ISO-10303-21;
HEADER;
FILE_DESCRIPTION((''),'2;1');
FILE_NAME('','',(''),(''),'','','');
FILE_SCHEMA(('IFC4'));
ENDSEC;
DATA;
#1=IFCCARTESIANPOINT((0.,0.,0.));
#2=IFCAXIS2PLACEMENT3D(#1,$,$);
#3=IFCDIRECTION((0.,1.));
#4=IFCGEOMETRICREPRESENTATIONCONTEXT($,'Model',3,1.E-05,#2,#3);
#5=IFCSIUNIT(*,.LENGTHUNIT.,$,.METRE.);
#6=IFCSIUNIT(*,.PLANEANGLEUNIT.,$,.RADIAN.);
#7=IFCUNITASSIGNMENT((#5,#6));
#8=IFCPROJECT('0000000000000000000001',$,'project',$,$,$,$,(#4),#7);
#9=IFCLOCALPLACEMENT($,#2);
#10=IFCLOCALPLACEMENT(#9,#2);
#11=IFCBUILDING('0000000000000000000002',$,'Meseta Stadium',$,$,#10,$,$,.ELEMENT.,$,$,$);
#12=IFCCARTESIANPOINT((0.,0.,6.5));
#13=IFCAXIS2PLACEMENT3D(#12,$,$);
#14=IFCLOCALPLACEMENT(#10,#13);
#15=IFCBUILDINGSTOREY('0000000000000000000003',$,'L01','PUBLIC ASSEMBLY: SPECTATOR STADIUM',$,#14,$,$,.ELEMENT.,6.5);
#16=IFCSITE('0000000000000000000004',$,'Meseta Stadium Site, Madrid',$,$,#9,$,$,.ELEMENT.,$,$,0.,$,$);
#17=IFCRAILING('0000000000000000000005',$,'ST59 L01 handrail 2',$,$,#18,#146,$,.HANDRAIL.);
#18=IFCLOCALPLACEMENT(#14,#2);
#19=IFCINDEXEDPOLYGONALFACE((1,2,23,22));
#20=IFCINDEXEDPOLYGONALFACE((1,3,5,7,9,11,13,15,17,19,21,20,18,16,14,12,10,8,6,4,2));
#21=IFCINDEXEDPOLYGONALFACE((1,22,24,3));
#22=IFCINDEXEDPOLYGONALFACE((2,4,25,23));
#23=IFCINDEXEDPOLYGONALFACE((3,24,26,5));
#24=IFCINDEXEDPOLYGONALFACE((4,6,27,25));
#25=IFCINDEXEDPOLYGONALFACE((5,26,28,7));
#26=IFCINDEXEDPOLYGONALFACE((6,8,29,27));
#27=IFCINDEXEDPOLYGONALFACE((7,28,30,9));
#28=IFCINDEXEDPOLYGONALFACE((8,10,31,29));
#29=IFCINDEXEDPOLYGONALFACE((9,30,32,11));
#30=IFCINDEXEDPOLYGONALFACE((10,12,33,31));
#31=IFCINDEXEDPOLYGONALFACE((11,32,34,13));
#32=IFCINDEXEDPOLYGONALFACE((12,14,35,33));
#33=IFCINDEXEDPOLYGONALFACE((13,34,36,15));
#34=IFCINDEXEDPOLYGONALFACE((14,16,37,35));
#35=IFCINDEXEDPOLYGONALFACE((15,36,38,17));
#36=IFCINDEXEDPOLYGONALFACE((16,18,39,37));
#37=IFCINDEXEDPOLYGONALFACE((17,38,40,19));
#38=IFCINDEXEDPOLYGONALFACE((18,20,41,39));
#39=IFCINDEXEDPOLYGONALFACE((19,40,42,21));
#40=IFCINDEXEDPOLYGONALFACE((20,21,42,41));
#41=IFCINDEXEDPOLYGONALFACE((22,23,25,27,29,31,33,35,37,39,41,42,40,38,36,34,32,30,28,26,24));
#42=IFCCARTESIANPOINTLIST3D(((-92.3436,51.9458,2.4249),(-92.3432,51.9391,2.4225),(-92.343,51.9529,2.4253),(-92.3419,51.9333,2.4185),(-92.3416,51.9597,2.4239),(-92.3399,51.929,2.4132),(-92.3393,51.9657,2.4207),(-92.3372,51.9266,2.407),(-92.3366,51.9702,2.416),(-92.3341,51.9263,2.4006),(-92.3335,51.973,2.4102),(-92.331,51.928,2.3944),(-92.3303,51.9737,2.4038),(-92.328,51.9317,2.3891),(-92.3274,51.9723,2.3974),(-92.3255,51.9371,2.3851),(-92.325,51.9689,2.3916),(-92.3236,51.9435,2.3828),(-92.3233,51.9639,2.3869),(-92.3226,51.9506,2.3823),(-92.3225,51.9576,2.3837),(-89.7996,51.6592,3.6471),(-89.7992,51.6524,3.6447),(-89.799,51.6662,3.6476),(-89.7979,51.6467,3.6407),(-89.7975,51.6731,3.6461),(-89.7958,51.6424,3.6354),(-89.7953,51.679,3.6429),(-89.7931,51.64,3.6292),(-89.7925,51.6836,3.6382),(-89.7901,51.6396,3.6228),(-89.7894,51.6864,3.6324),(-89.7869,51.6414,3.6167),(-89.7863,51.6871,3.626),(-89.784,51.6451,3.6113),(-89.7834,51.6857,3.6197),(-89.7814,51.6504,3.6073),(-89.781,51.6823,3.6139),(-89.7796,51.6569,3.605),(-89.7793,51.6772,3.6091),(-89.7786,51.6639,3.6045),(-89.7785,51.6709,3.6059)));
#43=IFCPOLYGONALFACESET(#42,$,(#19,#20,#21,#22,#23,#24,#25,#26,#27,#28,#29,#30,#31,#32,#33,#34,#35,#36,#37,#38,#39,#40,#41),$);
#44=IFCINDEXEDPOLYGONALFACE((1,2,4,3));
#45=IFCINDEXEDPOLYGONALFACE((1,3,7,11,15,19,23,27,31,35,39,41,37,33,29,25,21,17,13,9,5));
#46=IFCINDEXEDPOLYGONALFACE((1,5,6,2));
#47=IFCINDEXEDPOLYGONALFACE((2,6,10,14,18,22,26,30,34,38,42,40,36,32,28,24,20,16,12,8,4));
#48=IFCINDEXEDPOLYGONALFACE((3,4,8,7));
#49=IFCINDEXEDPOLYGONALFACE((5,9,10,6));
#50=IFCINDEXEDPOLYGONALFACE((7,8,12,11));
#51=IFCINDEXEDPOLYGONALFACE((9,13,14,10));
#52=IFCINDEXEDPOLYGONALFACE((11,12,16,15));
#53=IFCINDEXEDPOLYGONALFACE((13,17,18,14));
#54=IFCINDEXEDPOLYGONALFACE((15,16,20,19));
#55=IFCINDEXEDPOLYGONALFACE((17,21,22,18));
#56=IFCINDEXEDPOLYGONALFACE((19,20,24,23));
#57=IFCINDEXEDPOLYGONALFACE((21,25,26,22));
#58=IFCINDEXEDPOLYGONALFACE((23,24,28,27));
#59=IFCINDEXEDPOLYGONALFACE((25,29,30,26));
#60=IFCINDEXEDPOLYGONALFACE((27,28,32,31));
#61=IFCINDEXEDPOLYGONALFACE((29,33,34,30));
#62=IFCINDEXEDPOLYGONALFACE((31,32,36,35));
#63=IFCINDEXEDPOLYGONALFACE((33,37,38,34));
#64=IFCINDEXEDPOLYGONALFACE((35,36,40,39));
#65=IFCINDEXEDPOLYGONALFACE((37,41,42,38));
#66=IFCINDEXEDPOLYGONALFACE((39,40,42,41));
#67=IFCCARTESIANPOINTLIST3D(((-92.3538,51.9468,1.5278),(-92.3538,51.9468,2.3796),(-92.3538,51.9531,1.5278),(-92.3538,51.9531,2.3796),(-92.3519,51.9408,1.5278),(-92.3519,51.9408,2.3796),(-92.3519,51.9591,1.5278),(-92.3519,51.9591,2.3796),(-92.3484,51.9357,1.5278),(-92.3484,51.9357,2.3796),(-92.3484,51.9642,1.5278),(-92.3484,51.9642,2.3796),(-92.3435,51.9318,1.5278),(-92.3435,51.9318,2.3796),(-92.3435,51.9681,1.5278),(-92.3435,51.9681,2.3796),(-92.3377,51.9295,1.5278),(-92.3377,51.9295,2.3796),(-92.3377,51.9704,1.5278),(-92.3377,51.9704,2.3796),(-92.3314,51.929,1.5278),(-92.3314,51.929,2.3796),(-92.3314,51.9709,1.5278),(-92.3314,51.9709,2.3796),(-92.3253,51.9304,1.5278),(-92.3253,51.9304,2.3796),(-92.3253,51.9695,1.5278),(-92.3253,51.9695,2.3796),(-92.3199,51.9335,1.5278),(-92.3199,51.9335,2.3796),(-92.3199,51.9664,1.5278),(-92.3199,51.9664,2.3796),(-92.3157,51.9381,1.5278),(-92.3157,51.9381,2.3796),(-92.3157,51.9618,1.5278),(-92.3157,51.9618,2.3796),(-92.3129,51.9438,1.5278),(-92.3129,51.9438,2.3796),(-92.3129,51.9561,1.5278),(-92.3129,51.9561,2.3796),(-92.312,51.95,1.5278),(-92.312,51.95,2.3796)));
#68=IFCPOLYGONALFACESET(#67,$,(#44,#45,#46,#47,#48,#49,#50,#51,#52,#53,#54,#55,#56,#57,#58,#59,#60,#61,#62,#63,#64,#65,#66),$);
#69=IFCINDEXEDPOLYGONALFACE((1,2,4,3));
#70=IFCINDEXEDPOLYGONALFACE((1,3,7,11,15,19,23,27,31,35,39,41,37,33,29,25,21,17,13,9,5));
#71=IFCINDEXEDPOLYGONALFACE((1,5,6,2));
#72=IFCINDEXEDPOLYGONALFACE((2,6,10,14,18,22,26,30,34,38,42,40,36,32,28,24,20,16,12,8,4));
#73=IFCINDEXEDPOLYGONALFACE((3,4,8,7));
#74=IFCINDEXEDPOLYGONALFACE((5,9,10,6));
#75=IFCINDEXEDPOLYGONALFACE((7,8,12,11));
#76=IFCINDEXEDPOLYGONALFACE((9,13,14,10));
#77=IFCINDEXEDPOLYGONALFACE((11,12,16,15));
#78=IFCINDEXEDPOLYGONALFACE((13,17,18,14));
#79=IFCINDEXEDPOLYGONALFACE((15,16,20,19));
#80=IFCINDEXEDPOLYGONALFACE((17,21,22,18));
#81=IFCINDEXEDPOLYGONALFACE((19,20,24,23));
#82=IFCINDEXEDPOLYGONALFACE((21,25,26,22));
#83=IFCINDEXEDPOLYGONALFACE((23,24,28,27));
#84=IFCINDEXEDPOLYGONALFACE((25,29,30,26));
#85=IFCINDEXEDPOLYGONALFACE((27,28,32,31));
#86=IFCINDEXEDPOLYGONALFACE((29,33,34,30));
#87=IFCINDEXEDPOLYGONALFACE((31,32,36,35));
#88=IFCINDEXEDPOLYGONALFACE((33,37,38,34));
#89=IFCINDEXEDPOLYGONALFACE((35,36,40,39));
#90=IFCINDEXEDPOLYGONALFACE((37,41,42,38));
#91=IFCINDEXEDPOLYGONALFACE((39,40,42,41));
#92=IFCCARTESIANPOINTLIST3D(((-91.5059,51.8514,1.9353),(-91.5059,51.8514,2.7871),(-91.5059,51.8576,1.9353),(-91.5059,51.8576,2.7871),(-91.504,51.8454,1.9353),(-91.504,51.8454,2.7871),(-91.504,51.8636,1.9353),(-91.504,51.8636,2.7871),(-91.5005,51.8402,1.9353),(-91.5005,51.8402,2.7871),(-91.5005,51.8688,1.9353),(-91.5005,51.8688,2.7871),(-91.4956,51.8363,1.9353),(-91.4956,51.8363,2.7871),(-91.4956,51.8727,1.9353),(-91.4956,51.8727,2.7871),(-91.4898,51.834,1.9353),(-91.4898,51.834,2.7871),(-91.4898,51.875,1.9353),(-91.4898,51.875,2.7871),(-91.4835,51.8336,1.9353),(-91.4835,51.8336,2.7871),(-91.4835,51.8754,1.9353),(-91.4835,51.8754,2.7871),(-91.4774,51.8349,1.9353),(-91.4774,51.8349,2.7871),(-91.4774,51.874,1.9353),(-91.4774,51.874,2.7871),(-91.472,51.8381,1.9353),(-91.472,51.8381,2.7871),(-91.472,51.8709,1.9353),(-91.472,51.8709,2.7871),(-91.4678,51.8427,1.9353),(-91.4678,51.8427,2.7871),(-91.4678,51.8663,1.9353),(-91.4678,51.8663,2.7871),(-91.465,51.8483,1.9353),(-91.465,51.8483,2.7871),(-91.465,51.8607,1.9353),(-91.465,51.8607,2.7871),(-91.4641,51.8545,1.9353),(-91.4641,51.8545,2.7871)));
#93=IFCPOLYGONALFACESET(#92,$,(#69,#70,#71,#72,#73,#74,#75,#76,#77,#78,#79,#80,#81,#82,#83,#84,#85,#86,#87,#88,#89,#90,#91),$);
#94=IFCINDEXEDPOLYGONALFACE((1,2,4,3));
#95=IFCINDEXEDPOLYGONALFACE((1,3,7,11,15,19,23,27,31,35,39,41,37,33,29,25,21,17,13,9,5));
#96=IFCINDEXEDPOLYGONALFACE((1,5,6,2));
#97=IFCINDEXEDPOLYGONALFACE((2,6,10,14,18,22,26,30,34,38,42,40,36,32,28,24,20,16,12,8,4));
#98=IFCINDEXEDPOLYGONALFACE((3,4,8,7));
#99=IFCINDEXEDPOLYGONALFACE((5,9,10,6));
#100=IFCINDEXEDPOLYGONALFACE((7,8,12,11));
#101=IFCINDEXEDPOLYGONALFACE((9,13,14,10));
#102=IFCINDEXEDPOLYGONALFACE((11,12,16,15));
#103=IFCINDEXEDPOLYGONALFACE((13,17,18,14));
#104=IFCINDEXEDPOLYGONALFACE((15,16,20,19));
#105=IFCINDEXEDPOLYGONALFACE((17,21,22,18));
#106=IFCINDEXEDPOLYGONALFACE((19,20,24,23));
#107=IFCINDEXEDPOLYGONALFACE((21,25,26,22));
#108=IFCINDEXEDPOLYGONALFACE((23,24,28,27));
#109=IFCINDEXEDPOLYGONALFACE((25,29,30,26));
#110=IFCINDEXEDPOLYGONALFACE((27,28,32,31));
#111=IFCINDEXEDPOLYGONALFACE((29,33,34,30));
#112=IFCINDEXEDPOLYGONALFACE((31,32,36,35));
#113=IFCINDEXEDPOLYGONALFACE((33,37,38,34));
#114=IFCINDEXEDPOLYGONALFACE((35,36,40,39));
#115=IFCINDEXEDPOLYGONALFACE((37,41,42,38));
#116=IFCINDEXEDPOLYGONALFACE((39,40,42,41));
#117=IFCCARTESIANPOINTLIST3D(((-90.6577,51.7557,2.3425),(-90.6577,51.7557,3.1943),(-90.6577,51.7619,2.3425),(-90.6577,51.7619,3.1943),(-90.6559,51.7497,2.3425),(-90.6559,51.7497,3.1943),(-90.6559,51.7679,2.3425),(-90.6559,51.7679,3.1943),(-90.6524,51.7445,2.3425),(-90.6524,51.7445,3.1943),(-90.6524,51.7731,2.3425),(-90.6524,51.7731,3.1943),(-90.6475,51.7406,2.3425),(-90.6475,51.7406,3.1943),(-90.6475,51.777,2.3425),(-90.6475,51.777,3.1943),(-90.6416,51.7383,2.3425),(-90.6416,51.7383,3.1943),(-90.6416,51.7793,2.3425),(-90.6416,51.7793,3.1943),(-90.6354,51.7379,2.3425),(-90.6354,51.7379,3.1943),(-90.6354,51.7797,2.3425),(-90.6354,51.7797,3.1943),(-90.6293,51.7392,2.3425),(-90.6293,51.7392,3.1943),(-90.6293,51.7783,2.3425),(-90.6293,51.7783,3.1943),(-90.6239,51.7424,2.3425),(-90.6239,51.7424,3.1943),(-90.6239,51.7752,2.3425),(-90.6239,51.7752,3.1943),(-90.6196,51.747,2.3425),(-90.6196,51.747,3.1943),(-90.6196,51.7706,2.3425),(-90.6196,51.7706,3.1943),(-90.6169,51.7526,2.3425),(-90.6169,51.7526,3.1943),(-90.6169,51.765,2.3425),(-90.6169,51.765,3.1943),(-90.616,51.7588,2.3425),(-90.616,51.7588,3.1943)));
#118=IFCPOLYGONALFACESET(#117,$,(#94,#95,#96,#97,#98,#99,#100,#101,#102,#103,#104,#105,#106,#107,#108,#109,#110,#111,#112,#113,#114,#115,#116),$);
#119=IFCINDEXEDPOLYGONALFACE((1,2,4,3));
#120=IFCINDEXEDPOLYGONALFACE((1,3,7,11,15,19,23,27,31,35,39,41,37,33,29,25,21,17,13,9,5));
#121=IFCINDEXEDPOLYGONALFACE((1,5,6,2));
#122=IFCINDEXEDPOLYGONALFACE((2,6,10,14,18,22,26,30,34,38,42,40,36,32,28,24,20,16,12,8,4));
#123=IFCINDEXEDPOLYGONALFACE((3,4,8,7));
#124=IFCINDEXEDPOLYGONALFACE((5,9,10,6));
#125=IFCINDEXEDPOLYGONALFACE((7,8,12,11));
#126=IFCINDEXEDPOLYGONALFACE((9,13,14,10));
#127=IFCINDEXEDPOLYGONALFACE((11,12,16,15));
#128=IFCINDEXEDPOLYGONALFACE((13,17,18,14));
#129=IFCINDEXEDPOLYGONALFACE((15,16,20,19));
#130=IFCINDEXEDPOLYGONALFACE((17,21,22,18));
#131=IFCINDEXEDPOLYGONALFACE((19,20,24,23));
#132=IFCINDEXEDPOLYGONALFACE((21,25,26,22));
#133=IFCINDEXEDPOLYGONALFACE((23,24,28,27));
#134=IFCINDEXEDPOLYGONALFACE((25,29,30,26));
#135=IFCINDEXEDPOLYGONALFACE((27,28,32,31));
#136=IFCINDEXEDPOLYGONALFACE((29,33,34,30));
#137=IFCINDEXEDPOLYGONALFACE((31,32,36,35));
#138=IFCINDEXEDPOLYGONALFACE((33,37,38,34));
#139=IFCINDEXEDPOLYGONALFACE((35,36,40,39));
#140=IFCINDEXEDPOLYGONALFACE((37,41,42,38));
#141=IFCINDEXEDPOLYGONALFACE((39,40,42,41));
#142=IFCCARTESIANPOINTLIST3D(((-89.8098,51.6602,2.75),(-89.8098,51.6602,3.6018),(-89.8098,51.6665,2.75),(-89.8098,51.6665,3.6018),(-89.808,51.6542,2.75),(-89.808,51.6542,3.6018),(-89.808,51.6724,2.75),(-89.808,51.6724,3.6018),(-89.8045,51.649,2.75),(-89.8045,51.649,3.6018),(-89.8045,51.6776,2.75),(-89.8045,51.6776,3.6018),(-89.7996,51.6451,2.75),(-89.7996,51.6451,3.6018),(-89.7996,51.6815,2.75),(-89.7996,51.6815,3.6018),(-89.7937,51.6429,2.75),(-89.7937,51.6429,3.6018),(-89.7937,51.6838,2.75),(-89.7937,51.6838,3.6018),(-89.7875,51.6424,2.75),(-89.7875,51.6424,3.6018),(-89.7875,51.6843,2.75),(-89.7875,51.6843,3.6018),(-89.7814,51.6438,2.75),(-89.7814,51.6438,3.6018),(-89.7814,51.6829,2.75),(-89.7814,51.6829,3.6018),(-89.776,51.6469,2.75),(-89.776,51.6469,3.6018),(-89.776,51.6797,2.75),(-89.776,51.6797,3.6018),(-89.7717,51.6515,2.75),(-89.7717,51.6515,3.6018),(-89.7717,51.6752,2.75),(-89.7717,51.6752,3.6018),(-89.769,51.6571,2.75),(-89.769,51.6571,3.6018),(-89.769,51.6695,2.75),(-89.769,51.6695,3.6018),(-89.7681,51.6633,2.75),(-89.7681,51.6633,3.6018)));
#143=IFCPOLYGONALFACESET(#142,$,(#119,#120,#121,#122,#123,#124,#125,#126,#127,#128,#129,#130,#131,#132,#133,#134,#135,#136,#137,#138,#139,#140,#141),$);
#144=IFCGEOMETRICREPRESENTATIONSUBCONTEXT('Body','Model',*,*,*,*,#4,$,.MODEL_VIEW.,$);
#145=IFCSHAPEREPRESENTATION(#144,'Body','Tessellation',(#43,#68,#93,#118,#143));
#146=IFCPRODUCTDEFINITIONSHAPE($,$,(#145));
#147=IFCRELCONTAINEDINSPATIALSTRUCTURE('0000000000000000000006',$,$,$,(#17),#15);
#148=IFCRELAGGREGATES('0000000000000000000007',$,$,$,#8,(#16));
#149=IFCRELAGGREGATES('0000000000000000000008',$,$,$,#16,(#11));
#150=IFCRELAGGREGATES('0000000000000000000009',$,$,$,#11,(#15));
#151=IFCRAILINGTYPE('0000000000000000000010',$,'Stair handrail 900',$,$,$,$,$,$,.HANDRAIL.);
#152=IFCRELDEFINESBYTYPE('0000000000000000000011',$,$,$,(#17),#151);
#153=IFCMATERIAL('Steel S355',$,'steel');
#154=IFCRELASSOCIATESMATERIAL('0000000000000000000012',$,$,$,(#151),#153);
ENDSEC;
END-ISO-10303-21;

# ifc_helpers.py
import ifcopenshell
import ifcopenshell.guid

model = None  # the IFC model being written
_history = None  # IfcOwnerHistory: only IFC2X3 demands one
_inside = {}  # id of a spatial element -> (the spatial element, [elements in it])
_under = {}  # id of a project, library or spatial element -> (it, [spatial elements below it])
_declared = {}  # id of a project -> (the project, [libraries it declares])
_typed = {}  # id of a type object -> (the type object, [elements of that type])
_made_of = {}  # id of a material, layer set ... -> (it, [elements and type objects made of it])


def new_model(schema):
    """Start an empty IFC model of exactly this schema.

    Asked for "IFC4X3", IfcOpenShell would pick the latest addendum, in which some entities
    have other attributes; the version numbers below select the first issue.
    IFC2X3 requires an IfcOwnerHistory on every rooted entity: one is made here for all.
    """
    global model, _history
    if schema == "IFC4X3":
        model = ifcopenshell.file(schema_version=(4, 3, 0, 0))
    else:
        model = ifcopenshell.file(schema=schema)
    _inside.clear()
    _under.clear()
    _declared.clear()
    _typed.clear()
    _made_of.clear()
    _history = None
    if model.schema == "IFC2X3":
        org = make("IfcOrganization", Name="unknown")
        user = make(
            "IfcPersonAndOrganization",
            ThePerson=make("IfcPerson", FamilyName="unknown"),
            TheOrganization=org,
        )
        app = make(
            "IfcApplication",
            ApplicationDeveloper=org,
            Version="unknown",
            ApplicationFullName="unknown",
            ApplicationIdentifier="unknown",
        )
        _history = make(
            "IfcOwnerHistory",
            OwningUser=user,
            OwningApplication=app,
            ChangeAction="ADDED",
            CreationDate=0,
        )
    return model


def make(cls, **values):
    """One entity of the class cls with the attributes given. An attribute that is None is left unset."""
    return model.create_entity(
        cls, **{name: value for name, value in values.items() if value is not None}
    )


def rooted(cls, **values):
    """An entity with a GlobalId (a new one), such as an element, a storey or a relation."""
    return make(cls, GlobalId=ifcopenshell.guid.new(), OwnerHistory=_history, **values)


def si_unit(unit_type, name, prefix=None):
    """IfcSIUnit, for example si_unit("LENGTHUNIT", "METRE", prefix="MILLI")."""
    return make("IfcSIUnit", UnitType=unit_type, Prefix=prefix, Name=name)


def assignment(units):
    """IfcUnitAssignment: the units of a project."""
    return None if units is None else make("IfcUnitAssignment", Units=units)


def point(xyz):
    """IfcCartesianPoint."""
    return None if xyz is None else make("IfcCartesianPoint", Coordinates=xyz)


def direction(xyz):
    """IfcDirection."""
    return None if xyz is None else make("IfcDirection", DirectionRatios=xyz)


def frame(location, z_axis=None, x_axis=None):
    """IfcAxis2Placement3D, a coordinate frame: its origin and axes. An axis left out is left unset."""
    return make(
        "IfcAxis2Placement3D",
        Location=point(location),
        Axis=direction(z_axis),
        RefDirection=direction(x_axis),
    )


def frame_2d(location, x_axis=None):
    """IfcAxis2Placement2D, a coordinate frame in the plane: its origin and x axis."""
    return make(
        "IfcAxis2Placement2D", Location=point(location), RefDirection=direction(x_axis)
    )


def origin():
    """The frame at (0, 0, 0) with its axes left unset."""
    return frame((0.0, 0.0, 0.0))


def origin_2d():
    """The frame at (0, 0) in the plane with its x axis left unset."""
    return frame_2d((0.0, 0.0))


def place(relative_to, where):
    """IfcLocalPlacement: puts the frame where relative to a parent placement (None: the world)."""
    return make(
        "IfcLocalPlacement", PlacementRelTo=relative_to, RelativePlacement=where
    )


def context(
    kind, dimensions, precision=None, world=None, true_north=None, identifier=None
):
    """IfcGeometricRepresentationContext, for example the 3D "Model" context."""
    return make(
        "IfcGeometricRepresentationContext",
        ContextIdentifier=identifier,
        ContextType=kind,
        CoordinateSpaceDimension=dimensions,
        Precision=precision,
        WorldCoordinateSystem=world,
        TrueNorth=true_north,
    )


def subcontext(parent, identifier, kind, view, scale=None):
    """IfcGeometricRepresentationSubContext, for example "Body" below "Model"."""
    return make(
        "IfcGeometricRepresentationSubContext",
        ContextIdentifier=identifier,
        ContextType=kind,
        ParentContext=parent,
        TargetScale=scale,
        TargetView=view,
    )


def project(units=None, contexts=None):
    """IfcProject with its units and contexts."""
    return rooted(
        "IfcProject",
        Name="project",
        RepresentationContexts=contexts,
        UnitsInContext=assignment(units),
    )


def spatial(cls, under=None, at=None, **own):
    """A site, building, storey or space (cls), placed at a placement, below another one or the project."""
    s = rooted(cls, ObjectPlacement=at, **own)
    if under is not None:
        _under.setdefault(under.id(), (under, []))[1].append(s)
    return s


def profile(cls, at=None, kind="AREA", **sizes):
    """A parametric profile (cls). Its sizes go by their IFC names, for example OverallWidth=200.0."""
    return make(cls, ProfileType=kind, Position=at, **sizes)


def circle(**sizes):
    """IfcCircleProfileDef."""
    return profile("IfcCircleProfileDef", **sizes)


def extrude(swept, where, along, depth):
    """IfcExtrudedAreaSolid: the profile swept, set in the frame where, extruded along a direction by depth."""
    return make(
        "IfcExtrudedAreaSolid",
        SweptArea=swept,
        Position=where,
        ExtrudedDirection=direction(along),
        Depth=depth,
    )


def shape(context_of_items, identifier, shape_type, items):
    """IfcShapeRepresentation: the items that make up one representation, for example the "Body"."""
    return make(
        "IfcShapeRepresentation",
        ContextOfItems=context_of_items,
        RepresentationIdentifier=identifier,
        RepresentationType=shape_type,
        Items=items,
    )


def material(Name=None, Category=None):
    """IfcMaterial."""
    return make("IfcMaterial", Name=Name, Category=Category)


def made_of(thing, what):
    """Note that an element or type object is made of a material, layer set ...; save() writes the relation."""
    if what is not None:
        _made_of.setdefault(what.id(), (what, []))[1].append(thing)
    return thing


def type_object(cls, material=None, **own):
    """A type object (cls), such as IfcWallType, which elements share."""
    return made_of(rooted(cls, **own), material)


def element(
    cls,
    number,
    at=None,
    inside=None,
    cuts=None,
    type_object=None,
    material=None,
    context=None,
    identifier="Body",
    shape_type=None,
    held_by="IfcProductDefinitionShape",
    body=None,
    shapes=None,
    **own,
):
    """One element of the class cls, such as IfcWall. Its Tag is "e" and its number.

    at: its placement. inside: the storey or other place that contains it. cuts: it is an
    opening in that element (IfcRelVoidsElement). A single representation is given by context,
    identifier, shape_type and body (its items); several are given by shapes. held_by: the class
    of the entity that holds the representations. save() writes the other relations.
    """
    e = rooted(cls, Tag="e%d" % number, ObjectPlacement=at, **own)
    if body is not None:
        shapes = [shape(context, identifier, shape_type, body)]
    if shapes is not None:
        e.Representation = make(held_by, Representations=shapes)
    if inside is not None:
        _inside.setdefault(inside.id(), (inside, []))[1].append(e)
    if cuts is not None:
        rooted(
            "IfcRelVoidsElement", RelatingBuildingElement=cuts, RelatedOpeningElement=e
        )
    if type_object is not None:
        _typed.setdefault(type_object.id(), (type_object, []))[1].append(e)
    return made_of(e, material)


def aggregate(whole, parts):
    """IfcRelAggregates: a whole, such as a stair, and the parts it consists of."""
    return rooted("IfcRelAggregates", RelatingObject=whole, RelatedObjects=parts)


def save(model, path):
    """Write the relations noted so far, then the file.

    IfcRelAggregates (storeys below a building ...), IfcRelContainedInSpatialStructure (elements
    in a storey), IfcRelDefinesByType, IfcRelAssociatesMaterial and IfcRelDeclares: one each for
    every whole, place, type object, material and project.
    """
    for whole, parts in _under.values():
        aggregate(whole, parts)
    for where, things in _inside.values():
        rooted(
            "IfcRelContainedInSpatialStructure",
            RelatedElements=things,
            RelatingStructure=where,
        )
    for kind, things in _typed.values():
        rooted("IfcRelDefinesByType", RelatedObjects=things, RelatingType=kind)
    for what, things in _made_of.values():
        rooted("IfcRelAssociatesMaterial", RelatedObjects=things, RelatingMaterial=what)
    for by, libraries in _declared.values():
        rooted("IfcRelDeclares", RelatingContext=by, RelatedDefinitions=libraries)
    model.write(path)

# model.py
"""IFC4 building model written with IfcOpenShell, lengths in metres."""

from ifc_helpers import new_model, si_unit, direction, frame, origin, origin_2d, place, context, subcontext, project, spatial, circle, extrude, material, type_object, element, save


model = new_model("IFC4")

# Units and contexts
model_context = context("Model", 3, precision=1e-05, world=origin(), true_north=direction((0.0, 1.0)))
body_context = subcontext(model_context, "Body", "Model", "MODEL_VIEW")
ifc_project = project(units=[si_unit("LENGTHUNIT", "METRE"), si_unit("PLANEANGLEUNIT", "RADIAN")], contexts=[model_context])

# Site, building, storey
site_placement = place(None, origin())
site = spatial("IfcSite", under=ifc_project, at=site_placement, Name="Meseta Stadium Site, Madrid", CompositionType="ELEMENT", RefElevation=0.0)
building_placement = place(site_placement, origin())
building = spatial("IfcBuilding", under=site, at=building_placement, Name="Meseta Stadium", CompositionType="ELEMENT")
storey_placement = place(building_placement, frame((0.0, 0.0, 6.5)))
storey = spatial("IfcBuildingStorey", under=building, at=storey_placement, Name="L01", Description="PUBLIC ASSEMBLY: SPECTATOR STADIUM", CompositionType="ELEMENT", Elevation=6.5)

# Railing
ifc_material_1 = material(Name="Steel S355", Category="steel")
railing_type_1 = type_object("IfcRailingType", Name="Stair handrail 900", PredefinedType="HANDRAIL", material=ifc_material_1)
for number, where, name in (
    (1, (-92.333, 51.95, 1.5278), "ST59 L01 handrail 2"),
):
    element("IfcRailing", number, at=place(storey_placement, frame(where)), inside=storey, type_object=railing_type_1, Name=name, PredefinedType="HANDRAIL", context=body_context, shape_type="SweptSolid", body=[
        extrude(circle(Radius=0.0239, at=origin_2d()), frame((0.0, 0.0, 0.876), z_axis=(0.896762, -0.101036, 0.430824), x_axis=(0.11196, 0.993713, 0.0)), (0.0, 0.0, 1.0), 2.8369),
        extrude(circle(Radius=0.021, at=origin_2d()), origin(), (0.0, 0.0, 1.0), 0.8518),
        extrude(circle(Radius=0.021, at=origin_2d()), frame((0.8479, -0.0955, 0.4075)), (0.0, 0.0, 1.0), 0.8518),
        extrude(circle(Radius=0.021, at=origin_2d()), frame((1.696, -0.1912, 0.8147)), (0.0, 0.0, 1.0), 0.8518),
        extrude(circle(Radius=0.021, at=origin_2d()), frame((2.5439, -0.2866, 1.2222)), (0.0, 0.0, 1.0), 0.8518),
    ])

save(model, "model.ifc")
